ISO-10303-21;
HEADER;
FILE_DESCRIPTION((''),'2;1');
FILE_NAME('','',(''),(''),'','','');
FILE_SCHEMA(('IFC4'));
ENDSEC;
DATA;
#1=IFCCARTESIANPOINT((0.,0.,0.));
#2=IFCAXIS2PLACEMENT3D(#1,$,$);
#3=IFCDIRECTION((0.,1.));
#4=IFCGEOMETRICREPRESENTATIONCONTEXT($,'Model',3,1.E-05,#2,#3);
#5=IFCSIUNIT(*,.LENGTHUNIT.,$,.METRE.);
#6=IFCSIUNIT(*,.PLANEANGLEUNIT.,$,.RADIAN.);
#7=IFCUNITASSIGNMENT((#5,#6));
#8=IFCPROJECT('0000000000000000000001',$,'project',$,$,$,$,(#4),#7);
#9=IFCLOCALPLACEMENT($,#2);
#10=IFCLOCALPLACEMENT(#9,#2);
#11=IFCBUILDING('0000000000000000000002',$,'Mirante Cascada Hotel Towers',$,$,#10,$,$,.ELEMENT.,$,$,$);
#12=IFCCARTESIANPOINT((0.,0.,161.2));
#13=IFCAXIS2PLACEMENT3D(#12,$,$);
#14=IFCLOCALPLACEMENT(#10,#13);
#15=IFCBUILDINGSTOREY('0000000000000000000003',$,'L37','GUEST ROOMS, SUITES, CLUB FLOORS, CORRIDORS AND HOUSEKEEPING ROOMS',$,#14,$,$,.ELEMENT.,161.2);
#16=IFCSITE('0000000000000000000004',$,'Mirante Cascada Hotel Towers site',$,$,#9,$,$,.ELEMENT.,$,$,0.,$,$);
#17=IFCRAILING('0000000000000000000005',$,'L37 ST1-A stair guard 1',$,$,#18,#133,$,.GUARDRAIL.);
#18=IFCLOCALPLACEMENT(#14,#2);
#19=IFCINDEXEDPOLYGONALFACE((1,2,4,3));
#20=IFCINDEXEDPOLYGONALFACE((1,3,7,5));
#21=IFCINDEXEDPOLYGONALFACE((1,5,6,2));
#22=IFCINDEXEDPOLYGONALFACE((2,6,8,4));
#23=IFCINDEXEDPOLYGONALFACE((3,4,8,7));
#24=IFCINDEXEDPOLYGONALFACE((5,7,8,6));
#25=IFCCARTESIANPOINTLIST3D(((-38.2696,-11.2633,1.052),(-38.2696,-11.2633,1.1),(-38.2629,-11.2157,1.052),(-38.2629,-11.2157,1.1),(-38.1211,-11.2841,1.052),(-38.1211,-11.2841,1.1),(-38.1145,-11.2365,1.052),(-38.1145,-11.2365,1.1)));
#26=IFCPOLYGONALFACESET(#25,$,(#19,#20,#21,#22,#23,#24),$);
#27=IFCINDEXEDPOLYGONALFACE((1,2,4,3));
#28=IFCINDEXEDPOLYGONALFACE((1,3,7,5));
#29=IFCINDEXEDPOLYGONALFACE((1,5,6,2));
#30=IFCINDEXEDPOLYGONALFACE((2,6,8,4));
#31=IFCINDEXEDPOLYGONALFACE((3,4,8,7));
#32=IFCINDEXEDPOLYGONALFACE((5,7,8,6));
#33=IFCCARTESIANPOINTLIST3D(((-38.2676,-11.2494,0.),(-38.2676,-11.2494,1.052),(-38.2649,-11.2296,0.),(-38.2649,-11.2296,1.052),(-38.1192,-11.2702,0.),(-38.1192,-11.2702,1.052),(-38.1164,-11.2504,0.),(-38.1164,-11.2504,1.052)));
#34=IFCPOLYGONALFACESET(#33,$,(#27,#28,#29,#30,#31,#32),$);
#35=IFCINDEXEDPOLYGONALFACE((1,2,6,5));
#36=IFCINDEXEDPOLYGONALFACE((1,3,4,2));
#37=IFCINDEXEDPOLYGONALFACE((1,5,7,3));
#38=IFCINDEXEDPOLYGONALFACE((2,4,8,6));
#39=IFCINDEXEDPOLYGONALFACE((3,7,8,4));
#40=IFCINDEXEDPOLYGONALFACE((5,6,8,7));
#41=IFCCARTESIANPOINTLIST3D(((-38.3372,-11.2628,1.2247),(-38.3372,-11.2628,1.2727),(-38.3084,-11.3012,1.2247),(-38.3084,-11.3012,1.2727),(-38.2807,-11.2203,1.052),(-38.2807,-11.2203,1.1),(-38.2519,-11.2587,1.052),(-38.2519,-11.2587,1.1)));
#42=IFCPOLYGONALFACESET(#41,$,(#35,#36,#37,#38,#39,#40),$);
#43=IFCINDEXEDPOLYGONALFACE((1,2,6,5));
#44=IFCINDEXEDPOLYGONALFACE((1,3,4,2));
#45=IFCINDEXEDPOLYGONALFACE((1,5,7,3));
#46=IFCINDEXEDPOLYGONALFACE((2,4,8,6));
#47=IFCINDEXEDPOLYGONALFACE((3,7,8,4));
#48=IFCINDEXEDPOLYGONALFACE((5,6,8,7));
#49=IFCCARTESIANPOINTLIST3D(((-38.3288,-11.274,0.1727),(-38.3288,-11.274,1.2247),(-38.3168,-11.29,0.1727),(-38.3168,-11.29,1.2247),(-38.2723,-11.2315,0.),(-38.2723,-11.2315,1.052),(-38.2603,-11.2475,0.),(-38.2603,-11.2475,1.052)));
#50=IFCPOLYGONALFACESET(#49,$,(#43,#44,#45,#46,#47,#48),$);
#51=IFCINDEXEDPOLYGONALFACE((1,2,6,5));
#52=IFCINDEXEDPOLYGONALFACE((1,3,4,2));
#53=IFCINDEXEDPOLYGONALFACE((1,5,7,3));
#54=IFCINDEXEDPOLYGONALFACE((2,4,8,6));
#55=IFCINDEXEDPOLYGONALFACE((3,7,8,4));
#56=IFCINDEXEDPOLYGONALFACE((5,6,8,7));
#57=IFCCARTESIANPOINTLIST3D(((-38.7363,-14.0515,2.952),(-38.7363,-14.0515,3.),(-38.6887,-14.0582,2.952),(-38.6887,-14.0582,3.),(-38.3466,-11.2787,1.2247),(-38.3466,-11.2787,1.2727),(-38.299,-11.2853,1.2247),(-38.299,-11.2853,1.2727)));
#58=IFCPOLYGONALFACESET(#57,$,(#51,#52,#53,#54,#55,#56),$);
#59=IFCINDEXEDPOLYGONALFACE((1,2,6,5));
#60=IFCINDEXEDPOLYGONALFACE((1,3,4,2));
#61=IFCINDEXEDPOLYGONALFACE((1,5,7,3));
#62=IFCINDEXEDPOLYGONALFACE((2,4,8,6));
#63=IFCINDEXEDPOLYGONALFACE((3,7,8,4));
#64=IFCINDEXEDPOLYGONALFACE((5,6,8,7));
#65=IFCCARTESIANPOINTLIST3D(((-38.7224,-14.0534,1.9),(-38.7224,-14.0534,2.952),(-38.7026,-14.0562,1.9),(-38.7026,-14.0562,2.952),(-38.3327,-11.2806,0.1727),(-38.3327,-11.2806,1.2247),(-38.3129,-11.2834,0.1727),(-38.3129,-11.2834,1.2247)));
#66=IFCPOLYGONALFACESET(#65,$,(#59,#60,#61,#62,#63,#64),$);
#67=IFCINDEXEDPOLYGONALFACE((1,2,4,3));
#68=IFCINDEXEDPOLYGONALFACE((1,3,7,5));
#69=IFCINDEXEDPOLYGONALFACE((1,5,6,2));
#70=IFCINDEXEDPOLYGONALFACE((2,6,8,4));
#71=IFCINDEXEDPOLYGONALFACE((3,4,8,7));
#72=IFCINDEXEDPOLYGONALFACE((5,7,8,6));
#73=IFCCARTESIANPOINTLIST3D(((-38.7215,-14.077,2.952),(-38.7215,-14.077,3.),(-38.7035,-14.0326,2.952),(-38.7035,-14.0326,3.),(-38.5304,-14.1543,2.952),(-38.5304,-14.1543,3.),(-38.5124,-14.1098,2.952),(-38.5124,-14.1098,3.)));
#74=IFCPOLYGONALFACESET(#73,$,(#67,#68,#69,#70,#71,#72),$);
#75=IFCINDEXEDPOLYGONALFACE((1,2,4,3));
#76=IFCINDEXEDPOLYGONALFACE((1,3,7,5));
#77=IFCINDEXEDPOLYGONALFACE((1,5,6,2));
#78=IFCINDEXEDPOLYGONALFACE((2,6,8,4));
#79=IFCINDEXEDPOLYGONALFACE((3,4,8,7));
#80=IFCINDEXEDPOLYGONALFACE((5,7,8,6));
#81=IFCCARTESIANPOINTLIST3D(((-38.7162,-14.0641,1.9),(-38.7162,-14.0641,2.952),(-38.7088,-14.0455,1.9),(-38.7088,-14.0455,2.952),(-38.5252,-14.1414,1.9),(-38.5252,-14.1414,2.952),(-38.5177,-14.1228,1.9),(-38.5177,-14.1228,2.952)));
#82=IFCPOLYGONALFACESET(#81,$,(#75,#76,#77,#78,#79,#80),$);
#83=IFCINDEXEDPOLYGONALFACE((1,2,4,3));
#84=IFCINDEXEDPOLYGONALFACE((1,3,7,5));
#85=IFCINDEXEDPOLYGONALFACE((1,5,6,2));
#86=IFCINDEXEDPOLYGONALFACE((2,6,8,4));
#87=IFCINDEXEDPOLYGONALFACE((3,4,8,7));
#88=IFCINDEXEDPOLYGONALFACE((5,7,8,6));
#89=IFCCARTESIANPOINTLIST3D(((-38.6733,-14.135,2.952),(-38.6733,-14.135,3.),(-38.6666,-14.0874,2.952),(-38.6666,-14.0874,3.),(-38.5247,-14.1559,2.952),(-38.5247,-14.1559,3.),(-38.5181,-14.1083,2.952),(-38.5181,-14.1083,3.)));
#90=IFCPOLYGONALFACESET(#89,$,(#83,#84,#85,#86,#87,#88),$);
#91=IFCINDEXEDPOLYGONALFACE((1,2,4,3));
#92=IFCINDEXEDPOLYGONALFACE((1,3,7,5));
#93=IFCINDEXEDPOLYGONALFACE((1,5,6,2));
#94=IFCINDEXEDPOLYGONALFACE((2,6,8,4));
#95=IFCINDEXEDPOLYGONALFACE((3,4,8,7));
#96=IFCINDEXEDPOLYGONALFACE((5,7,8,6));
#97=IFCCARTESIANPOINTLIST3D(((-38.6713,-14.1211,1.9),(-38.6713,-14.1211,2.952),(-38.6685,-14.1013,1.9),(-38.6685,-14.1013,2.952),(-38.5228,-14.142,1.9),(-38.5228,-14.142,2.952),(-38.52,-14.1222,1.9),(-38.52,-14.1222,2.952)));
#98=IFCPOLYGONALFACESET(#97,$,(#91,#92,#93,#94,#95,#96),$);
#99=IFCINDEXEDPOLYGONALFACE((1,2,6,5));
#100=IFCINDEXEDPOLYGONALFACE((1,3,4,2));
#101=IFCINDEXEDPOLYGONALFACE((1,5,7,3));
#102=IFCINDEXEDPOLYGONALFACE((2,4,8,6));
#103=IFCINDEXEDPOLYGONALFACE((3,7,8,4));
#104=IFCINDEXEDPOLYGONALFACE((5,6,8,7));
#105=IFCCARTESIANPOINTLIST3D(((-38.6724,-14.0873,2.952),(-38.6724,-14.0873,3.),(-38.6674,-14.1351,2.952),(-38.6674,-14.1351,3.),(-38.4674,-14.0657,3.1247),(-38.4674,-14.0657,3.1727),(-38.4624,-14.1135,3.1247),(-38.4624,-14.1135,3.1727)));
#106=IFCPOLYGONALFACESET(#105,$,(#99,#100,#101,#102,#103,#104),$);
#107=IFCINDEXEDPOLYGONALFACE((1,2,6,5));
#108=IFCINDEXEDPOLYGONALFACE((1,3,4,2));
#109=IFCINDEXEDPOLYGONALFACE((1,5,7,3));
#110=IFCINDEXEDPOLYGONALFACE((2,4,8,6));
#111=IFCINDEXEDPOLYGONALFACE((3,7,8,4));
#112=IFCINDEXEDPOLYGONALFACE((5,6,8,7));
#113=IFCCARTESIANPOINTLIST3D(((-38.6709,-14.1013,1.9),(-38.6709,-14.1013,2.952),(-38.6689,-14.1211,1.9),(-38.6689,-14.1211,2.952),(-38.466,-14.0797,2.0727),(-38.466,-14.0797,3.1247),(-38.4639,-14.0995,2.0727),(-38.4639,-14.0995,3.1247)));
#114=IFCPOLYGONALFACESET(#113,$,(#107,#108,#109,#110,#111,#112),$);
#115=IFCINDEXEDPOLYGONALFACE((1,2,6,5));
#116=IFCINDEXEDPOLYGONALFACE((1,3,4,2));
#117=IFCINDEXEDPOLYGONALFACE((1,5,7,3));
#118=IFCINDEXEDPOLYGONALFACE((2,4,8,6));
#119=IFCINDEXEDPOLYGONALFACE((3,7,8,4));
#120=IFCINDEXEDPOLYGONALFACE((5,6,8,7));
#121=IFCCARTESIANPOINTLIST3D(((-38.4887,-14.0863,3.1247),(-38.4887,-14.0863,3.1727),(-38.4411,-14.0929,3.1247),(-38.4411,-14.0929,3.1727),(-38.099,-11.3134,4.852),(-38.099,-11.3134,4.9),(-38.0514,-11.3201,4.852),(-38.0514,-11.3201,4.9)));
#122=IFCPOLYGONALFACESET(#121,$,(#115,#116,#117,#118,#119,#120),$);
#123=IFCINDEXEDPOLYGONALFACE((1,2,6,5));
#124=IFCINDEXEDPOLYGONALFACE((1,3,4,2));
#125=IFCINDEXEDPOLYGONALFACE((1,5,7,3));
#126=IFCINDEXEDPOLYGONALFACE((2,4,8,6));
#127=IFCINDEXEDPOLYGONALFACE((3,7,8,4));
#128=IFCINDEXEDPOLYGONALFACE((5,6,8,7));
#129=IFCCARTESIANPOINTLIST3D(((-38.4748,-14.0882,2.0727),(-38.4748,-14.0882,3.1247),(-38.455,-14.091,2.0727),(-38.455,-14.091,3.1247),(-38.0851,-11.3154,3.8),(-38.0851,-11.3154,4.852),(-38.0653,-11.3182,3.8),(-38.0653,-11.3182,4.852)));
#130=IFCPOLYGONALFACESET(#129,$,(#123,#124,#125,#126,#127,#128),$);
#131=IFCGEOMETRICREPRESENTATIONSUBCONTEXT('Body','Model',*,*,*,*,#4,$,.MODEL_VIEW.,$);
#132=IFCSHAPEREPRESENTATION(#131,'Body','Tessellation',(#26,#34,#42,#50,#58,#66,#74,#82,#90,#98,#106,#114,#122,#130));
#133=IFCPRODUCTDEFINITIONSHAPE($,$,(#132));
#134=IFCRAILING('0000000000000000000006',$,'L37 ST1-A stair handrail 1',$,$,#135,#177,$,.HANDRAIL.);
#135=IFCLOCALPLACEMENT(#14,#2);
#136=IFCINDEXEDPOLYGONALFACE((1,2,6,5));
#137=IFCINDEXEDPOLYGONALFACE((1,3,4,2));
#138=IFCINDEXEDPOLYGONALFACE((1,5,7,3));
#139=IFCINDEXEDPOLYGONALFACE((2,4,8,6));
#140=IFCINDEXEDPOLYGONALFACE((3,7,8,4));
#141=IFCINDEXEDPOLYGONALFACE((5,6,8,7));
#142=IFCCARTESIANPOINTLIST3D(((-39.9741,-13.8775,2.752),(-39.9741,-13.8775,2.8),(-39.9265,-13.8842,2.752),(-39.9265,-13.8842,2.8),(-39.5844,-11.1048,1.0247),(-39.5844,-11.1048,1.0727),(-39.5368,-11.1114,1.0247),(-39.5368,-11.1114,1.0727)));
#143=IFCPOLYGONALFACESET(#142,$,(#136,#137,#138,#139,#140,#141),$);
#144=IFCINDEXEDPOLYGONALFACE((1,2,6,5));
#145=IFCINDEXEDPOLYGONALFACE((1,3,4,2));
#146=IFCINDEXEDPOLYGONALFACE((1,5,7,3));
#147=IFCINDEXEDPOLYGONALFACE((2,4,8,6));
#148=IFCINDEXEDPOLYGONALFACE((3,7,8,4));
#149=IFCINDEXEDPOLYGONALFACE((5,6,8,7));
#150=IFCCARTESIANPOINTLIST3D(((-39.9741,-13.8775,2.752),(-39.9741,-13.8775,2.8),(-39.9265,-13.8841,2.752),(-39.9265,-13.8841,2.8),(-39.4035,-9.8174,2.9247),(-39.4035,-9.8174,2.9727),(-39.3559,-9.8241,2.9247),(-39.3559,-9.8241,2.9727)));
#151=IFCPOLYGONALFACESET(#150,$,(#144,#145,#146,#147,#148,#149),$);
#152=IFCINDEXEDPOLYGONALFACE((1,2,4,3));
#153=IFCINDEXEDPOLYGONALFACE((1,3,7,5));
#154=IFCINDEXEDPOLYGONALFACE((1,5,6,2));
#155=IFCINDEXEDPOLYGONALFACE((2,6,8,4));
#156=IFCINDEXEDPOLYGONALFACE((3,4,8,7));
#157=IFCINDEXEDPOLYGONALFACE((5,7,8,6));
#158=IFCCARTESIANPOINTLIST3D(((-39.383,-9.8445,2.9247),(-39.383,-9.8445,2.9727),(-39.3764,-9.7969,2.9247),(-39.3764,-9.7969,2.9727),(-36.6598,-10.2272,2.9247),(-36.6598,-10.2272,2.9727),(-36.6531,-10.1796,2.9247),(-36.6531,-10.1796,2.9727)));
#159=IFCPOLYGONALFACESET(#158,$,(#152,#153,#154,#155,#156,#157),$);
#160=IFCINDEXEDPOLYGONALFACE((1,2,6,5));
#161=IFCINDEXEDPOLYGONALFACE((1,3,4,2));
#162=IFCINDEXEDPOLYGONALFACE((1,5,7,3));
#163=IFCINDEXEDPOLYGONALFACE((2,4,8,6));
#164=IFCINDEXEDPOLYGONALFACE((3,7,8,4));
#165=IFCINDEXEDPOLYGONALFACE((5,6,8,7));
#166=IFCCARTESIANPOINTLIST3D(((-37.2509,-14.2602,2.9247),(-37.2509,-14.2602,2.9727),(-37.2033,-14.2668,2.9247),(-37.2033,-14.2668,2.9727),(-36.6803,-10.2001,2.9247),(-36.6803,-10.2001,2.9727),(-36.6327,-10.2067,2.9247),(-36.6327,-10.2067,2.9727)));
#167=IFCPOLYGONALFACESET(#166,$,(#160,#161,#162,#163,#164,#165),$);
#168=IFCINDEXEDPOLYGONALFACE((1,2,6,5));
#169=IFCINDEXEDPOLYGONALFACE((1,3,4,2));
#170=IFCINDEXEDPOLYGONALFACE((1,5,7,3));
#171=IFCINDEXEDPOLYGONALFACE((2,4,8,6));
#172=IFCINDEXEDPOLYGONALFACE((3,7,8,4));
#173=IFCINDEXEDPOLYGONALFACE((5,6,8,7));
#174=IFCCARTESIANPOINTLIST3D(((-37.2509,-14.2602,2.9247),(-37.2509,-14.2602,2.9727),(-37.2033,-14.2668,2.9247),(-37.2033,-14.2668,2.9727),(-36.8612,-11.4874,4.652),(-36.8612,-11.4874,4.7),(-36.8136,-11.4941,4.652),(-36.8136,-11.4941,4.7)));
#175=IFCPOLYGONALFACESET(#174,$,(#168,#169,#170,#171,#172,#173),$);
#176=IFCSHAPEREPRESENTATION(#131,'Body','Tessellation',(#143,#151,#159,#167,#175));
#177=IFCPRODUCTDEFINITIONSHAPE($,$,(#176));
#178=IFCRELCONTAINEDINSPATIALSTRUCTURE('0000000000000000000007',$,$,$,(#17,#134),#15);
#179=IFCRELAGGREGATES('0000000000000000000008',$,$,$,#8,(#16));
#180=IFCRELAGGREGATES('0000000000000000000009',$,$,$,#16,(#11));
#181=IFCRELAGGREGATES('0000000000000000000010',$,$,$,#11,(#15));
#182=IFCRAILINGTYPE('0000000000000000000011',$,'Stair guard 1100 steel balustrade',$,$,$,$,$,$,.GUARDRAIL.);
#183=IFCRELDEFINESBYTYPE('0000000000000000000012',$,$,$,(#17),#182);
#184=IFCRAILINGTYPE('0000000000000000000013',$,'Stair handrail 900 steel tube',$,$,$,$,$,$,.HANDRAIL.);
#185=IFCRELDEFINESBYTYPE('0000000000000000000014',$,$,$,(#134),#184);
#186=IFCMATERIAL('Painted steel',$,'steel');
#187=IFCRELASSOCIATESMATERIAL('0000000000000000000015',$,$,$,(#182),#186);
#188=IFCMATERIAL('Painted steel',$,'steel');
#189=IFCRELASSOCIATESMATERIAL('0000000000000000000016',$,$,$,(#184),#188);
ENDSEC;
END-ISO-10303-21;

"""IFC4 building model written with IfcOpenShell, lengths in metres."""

from ifc_helpers import new_model, si_unit, direction, frame, origin, origin_2d, place, context, subcontext, project, spatial, rectangle, extrude, material, type_object, element, save


model = new_model("IFC4")

# Units and contexts
model_context = context("Model", 3, precision=1e-05, world=origin(), true_north=direction((0.0, 1.0)))
body_context = subcontext(model_context, "Body", "Model", "MODEL_VIEW")
ifc_project = project(units=[si_unit("LENGTHUNIT", "METRE"), si_unit("PLANEANGLEUNIT", "RADIAN")], contexts=[model_context])

# Site, building, storey
site_placement = place(None, origin())
site = spatial("IfcSite", under=ifc_project, at=site_placement, Name="Mirante Cascada Hotel Towers site", CompositionType="ELEMENT", RefElevation=0.0)
building_placement = place(site_placement, origin())
building = spatial("IfcBuilding", under=site, at=building_placement, Name="Mirante Cascada Hotel Towers", CompositionType="ELEMENT")
storey_placement = place(building_placement, frame((0.0, 0.0, 161.2)))
storey = spatial("IfcBuildingStorey", under=building, at=storey_placement, Name="L37", Description="GUEST ROOMS, SUITES, CLUB FLOORS, CORRIDORS AND HOUSEKEEPING ROOMS", CompositionType="ELEMENT", Elevation=161.2)

# Railings
ifc_material_1 = material(Name="Painted steel", Category="steel")
railing_type_1 = type_object("IfcRailingType", Name="Stair guard 1100 steel balustrade", PredefinedType="GUARDRAIL", material=ifc_material_1)
railing_1_placement = place(storey_placement, frame((-38.1178, -11.2603, 0.0)))
element("IfcRailing", 1, at=railing_1_placement, inside=storey, type_object=railing_type_1, Name="L37 ST1-A stair guard 1", PredefinedType="GUARDRAIL", context=body_context, shape_type="SweptSolid", body=[
    extrude(rectangle(XDim=0.048, YDim=0.048, at=origin_2d()), frame((0.0, 0.0, 1.076), z_axis=(-0.990333, 0.138713, 0.0), x_axis=(-0.138713, -0.990333, 0.0)), (0.0, 0.0, 1.0), 0.1499),
    extrude(rectangle(XDim=0.02, YDim=1.052, at=origin_2d()), frame((0.0, 0.0, 0.526), z_axis=(-0.990333, 0.138713, 0.0), x_axis=(-0.138713, -0.990333, 0.0)), (0.0, 0.0, 1.0), 0.1499),
    extrude(rectangle(XDim=0.048, YDim=0.048, at=origin_2d()), frame((-0.1485, 0.0208, 1.076), z_axis=(-0.79915, -0.601131, 0.0), x_axis=(0.601131, -0.79915, 0.0)), (0.0, 0.925453, 0.378863), 0.1866),
    extrude(rectangle(XDim=0.02, YDim=1.052, at=origin_2d()), frame((-0.1485, 0.0208, 0.526), z_axis=(-0.79915, -0.601131, 0.0), x_axis=(0.601131, -0.79915, 0.0)), (0.0, 0.925453, 0.378863), 0.1866),
    extrude(rectangle(XDim=0.048, YDim=0.048, at=origin_2d()), frame((-0.205, -0.0217, 1.2487), z_axis=(-0.139176, -0.990268, 0.0), x_axis=(0.990268, -0.139176, 0.0)), (0.0, 0.525021, 0.851089), 3.29),
    extrude(rectangle(XDim=0.02, YDim=1.052, at=origin_2d()), frame((-0.205, -0.0217, 0.6987), z_axis=(-0.139176, -0.990268, 0.0), x_axis=(0.990268, -0.139176, 0.0)), (0.0, 0.525021, 0.851089), 3.29),
    extrude(rectangle(XDim=0.048, YDim=0.048, at=origin_2d()), frame((-0.5947, -2.7945, 2.976), z_axis=(0.927031, -0.374984, 0.0), x_axis=(0.374984, 0.927031, 0.0)), (0.0, 0.0, 1.0), 0.2061),
    extrude(rectangle(XDim=0.02, YDim=1.052, at=origin_2d()), frame((-0.5947, -2.7945, 2.426), z_axis=(0.927031, -0.374984, 0.0), x_axis=(0.374984, 0.927031, 0.0)), (0.0, 0.0, 1.0), 0.2061),
    extrude(rectangle(XDim=0.048, YDim=0.048, at=origin_2d()), frame((-0.4036, -2.8718, 2.976), z_axis=(-0.990241, 0.139367, 0.0), x_axis=(-0.139367, -0.990241, 0.0)), (0.0, 0.0, 1.0), 0.15),
    extrude(rectangle(XDim=0.02, YDim=1.052, at=origin_2d()), frame((-0.4036, -2.8718, 2.426), z_axis=(-0.990241, 0.139367, 0.0), x_axis=(-0.139367, -0.990241, 0.0)), (0.0, 0.0, 1.0), 0.15),
    extrude(rectangle(XDim=0.048, YDim=0.048, at=origin_2d()), frame((-0.5521, -2.8509, 2.976), z_axis=(0.994495, 0.104786, 0.0), x_axis=(-0.104786, 0.994495, 0.0)), (0.0, 0.642203, 0.766534), 0.2689),
    extrude(rectangle(XDim=0.02, YDim=1.052, at=origin_2d()), frame((-0.5521, -2.8509, 2.426), z_axis=(0.994495, 0.104786, 0.0), x_axis=(-0.104786, 0.994495, 0.0)), (0.0, 0.642203, 0.766534), 0.2689),
    extrude(rectangle(XDim=0.048, YDim=0.048, at=origin_2d()), frame((-0.3471, -2.8293, 3.1487), z_axis=(0.139176, 0.990268, 0.0), x_axis=(-0.990268, 0.139176, 0.0)), (0.0, 0.525021, 0.851089), 3.29),
    extrude(rectangle(XDim=0.02, YDim=1.052, at=origin_2d()), frame((-0.3471, -2.8293, 2.5987), z_axis=(0.139176, 0.990268, 0.0), x_axis=(-0.990268, 0.139176, 0.0)), (0.0, 0.525021, 0.851089), 3.29),
])
ifc_material_2 = material(Name="Painted steel", Category="steel")
railing_type_2 = type_object("IfcRailingType", Name="Stair handrail 900 steel tube", PredefinedType="HANDRAIL", material=ifc_material_2)
railing_2_placement = place(storey_placement, frame((-39.5606, -11.1081, 0.1727)))
element("IfcRailing", 2, at=railing_2_placement, inside=storey, type_object=railing_type_2, Name="L37 ST1-A stair handrail 1", PredefinedType="HANDRAIL", context=body_context, shape_type="SweptSolid", body=[
    extrude(rectangle(XDim=0.048, YDim=0.048, at=origin_2d()), frame((0.0, 0.0, 0.876), z_axis=(-0.139181, -0.990267, 0.0), x_axis=(0.990267, -0.139181, 0.0)), (0.0, 0.525035, 0.851081), 3.2899),
    extrude(rectangle(XDim=0.048, YDim=0.048, at=origin_2d()), frame((-0.3897, -2.7727, 2.6033), z_axis=(0.139171, 0.990268, 0.0), x_axis=(-0.990268, 0.139171, 0.0)), (0.0, 0.042085, 0.999114), 4.1036),
    extrude(rectangle(XDim=0.048, YDim=0.048, at=origin_2d()), frame((0.1809, 1.2874, 2.776), z_axis=(0.990269, -0.139166, 0.0), x_axis=(0.139166, 0.990269, 0.0)), (0.0, 0.0, 1.0), 2.75),
    extrude(rectangle(XDim=0.048, YDim=0.048, at=origin_2d()), frame((2.9041, 0.9047, 2.776), z_axis=(-0.139171, -0.990268, 0.0), x_axis=(0.990268, -0.139171, 0.0)), (0.0, 0.0, 1.0), 4.1),
    extrude(rectangle(XDim=0.048, YDim=0.048, at=origin_2d()), frame((2.3335, -3.1554, 2.776), z_axis=(0.139181, 0.990267, 0.0), x_axis=(-0.990267, 0.139181, 0.0)), (0.0, 0.525035, 0.851081), 3.2899),
])

save(model, "model.ifc")
